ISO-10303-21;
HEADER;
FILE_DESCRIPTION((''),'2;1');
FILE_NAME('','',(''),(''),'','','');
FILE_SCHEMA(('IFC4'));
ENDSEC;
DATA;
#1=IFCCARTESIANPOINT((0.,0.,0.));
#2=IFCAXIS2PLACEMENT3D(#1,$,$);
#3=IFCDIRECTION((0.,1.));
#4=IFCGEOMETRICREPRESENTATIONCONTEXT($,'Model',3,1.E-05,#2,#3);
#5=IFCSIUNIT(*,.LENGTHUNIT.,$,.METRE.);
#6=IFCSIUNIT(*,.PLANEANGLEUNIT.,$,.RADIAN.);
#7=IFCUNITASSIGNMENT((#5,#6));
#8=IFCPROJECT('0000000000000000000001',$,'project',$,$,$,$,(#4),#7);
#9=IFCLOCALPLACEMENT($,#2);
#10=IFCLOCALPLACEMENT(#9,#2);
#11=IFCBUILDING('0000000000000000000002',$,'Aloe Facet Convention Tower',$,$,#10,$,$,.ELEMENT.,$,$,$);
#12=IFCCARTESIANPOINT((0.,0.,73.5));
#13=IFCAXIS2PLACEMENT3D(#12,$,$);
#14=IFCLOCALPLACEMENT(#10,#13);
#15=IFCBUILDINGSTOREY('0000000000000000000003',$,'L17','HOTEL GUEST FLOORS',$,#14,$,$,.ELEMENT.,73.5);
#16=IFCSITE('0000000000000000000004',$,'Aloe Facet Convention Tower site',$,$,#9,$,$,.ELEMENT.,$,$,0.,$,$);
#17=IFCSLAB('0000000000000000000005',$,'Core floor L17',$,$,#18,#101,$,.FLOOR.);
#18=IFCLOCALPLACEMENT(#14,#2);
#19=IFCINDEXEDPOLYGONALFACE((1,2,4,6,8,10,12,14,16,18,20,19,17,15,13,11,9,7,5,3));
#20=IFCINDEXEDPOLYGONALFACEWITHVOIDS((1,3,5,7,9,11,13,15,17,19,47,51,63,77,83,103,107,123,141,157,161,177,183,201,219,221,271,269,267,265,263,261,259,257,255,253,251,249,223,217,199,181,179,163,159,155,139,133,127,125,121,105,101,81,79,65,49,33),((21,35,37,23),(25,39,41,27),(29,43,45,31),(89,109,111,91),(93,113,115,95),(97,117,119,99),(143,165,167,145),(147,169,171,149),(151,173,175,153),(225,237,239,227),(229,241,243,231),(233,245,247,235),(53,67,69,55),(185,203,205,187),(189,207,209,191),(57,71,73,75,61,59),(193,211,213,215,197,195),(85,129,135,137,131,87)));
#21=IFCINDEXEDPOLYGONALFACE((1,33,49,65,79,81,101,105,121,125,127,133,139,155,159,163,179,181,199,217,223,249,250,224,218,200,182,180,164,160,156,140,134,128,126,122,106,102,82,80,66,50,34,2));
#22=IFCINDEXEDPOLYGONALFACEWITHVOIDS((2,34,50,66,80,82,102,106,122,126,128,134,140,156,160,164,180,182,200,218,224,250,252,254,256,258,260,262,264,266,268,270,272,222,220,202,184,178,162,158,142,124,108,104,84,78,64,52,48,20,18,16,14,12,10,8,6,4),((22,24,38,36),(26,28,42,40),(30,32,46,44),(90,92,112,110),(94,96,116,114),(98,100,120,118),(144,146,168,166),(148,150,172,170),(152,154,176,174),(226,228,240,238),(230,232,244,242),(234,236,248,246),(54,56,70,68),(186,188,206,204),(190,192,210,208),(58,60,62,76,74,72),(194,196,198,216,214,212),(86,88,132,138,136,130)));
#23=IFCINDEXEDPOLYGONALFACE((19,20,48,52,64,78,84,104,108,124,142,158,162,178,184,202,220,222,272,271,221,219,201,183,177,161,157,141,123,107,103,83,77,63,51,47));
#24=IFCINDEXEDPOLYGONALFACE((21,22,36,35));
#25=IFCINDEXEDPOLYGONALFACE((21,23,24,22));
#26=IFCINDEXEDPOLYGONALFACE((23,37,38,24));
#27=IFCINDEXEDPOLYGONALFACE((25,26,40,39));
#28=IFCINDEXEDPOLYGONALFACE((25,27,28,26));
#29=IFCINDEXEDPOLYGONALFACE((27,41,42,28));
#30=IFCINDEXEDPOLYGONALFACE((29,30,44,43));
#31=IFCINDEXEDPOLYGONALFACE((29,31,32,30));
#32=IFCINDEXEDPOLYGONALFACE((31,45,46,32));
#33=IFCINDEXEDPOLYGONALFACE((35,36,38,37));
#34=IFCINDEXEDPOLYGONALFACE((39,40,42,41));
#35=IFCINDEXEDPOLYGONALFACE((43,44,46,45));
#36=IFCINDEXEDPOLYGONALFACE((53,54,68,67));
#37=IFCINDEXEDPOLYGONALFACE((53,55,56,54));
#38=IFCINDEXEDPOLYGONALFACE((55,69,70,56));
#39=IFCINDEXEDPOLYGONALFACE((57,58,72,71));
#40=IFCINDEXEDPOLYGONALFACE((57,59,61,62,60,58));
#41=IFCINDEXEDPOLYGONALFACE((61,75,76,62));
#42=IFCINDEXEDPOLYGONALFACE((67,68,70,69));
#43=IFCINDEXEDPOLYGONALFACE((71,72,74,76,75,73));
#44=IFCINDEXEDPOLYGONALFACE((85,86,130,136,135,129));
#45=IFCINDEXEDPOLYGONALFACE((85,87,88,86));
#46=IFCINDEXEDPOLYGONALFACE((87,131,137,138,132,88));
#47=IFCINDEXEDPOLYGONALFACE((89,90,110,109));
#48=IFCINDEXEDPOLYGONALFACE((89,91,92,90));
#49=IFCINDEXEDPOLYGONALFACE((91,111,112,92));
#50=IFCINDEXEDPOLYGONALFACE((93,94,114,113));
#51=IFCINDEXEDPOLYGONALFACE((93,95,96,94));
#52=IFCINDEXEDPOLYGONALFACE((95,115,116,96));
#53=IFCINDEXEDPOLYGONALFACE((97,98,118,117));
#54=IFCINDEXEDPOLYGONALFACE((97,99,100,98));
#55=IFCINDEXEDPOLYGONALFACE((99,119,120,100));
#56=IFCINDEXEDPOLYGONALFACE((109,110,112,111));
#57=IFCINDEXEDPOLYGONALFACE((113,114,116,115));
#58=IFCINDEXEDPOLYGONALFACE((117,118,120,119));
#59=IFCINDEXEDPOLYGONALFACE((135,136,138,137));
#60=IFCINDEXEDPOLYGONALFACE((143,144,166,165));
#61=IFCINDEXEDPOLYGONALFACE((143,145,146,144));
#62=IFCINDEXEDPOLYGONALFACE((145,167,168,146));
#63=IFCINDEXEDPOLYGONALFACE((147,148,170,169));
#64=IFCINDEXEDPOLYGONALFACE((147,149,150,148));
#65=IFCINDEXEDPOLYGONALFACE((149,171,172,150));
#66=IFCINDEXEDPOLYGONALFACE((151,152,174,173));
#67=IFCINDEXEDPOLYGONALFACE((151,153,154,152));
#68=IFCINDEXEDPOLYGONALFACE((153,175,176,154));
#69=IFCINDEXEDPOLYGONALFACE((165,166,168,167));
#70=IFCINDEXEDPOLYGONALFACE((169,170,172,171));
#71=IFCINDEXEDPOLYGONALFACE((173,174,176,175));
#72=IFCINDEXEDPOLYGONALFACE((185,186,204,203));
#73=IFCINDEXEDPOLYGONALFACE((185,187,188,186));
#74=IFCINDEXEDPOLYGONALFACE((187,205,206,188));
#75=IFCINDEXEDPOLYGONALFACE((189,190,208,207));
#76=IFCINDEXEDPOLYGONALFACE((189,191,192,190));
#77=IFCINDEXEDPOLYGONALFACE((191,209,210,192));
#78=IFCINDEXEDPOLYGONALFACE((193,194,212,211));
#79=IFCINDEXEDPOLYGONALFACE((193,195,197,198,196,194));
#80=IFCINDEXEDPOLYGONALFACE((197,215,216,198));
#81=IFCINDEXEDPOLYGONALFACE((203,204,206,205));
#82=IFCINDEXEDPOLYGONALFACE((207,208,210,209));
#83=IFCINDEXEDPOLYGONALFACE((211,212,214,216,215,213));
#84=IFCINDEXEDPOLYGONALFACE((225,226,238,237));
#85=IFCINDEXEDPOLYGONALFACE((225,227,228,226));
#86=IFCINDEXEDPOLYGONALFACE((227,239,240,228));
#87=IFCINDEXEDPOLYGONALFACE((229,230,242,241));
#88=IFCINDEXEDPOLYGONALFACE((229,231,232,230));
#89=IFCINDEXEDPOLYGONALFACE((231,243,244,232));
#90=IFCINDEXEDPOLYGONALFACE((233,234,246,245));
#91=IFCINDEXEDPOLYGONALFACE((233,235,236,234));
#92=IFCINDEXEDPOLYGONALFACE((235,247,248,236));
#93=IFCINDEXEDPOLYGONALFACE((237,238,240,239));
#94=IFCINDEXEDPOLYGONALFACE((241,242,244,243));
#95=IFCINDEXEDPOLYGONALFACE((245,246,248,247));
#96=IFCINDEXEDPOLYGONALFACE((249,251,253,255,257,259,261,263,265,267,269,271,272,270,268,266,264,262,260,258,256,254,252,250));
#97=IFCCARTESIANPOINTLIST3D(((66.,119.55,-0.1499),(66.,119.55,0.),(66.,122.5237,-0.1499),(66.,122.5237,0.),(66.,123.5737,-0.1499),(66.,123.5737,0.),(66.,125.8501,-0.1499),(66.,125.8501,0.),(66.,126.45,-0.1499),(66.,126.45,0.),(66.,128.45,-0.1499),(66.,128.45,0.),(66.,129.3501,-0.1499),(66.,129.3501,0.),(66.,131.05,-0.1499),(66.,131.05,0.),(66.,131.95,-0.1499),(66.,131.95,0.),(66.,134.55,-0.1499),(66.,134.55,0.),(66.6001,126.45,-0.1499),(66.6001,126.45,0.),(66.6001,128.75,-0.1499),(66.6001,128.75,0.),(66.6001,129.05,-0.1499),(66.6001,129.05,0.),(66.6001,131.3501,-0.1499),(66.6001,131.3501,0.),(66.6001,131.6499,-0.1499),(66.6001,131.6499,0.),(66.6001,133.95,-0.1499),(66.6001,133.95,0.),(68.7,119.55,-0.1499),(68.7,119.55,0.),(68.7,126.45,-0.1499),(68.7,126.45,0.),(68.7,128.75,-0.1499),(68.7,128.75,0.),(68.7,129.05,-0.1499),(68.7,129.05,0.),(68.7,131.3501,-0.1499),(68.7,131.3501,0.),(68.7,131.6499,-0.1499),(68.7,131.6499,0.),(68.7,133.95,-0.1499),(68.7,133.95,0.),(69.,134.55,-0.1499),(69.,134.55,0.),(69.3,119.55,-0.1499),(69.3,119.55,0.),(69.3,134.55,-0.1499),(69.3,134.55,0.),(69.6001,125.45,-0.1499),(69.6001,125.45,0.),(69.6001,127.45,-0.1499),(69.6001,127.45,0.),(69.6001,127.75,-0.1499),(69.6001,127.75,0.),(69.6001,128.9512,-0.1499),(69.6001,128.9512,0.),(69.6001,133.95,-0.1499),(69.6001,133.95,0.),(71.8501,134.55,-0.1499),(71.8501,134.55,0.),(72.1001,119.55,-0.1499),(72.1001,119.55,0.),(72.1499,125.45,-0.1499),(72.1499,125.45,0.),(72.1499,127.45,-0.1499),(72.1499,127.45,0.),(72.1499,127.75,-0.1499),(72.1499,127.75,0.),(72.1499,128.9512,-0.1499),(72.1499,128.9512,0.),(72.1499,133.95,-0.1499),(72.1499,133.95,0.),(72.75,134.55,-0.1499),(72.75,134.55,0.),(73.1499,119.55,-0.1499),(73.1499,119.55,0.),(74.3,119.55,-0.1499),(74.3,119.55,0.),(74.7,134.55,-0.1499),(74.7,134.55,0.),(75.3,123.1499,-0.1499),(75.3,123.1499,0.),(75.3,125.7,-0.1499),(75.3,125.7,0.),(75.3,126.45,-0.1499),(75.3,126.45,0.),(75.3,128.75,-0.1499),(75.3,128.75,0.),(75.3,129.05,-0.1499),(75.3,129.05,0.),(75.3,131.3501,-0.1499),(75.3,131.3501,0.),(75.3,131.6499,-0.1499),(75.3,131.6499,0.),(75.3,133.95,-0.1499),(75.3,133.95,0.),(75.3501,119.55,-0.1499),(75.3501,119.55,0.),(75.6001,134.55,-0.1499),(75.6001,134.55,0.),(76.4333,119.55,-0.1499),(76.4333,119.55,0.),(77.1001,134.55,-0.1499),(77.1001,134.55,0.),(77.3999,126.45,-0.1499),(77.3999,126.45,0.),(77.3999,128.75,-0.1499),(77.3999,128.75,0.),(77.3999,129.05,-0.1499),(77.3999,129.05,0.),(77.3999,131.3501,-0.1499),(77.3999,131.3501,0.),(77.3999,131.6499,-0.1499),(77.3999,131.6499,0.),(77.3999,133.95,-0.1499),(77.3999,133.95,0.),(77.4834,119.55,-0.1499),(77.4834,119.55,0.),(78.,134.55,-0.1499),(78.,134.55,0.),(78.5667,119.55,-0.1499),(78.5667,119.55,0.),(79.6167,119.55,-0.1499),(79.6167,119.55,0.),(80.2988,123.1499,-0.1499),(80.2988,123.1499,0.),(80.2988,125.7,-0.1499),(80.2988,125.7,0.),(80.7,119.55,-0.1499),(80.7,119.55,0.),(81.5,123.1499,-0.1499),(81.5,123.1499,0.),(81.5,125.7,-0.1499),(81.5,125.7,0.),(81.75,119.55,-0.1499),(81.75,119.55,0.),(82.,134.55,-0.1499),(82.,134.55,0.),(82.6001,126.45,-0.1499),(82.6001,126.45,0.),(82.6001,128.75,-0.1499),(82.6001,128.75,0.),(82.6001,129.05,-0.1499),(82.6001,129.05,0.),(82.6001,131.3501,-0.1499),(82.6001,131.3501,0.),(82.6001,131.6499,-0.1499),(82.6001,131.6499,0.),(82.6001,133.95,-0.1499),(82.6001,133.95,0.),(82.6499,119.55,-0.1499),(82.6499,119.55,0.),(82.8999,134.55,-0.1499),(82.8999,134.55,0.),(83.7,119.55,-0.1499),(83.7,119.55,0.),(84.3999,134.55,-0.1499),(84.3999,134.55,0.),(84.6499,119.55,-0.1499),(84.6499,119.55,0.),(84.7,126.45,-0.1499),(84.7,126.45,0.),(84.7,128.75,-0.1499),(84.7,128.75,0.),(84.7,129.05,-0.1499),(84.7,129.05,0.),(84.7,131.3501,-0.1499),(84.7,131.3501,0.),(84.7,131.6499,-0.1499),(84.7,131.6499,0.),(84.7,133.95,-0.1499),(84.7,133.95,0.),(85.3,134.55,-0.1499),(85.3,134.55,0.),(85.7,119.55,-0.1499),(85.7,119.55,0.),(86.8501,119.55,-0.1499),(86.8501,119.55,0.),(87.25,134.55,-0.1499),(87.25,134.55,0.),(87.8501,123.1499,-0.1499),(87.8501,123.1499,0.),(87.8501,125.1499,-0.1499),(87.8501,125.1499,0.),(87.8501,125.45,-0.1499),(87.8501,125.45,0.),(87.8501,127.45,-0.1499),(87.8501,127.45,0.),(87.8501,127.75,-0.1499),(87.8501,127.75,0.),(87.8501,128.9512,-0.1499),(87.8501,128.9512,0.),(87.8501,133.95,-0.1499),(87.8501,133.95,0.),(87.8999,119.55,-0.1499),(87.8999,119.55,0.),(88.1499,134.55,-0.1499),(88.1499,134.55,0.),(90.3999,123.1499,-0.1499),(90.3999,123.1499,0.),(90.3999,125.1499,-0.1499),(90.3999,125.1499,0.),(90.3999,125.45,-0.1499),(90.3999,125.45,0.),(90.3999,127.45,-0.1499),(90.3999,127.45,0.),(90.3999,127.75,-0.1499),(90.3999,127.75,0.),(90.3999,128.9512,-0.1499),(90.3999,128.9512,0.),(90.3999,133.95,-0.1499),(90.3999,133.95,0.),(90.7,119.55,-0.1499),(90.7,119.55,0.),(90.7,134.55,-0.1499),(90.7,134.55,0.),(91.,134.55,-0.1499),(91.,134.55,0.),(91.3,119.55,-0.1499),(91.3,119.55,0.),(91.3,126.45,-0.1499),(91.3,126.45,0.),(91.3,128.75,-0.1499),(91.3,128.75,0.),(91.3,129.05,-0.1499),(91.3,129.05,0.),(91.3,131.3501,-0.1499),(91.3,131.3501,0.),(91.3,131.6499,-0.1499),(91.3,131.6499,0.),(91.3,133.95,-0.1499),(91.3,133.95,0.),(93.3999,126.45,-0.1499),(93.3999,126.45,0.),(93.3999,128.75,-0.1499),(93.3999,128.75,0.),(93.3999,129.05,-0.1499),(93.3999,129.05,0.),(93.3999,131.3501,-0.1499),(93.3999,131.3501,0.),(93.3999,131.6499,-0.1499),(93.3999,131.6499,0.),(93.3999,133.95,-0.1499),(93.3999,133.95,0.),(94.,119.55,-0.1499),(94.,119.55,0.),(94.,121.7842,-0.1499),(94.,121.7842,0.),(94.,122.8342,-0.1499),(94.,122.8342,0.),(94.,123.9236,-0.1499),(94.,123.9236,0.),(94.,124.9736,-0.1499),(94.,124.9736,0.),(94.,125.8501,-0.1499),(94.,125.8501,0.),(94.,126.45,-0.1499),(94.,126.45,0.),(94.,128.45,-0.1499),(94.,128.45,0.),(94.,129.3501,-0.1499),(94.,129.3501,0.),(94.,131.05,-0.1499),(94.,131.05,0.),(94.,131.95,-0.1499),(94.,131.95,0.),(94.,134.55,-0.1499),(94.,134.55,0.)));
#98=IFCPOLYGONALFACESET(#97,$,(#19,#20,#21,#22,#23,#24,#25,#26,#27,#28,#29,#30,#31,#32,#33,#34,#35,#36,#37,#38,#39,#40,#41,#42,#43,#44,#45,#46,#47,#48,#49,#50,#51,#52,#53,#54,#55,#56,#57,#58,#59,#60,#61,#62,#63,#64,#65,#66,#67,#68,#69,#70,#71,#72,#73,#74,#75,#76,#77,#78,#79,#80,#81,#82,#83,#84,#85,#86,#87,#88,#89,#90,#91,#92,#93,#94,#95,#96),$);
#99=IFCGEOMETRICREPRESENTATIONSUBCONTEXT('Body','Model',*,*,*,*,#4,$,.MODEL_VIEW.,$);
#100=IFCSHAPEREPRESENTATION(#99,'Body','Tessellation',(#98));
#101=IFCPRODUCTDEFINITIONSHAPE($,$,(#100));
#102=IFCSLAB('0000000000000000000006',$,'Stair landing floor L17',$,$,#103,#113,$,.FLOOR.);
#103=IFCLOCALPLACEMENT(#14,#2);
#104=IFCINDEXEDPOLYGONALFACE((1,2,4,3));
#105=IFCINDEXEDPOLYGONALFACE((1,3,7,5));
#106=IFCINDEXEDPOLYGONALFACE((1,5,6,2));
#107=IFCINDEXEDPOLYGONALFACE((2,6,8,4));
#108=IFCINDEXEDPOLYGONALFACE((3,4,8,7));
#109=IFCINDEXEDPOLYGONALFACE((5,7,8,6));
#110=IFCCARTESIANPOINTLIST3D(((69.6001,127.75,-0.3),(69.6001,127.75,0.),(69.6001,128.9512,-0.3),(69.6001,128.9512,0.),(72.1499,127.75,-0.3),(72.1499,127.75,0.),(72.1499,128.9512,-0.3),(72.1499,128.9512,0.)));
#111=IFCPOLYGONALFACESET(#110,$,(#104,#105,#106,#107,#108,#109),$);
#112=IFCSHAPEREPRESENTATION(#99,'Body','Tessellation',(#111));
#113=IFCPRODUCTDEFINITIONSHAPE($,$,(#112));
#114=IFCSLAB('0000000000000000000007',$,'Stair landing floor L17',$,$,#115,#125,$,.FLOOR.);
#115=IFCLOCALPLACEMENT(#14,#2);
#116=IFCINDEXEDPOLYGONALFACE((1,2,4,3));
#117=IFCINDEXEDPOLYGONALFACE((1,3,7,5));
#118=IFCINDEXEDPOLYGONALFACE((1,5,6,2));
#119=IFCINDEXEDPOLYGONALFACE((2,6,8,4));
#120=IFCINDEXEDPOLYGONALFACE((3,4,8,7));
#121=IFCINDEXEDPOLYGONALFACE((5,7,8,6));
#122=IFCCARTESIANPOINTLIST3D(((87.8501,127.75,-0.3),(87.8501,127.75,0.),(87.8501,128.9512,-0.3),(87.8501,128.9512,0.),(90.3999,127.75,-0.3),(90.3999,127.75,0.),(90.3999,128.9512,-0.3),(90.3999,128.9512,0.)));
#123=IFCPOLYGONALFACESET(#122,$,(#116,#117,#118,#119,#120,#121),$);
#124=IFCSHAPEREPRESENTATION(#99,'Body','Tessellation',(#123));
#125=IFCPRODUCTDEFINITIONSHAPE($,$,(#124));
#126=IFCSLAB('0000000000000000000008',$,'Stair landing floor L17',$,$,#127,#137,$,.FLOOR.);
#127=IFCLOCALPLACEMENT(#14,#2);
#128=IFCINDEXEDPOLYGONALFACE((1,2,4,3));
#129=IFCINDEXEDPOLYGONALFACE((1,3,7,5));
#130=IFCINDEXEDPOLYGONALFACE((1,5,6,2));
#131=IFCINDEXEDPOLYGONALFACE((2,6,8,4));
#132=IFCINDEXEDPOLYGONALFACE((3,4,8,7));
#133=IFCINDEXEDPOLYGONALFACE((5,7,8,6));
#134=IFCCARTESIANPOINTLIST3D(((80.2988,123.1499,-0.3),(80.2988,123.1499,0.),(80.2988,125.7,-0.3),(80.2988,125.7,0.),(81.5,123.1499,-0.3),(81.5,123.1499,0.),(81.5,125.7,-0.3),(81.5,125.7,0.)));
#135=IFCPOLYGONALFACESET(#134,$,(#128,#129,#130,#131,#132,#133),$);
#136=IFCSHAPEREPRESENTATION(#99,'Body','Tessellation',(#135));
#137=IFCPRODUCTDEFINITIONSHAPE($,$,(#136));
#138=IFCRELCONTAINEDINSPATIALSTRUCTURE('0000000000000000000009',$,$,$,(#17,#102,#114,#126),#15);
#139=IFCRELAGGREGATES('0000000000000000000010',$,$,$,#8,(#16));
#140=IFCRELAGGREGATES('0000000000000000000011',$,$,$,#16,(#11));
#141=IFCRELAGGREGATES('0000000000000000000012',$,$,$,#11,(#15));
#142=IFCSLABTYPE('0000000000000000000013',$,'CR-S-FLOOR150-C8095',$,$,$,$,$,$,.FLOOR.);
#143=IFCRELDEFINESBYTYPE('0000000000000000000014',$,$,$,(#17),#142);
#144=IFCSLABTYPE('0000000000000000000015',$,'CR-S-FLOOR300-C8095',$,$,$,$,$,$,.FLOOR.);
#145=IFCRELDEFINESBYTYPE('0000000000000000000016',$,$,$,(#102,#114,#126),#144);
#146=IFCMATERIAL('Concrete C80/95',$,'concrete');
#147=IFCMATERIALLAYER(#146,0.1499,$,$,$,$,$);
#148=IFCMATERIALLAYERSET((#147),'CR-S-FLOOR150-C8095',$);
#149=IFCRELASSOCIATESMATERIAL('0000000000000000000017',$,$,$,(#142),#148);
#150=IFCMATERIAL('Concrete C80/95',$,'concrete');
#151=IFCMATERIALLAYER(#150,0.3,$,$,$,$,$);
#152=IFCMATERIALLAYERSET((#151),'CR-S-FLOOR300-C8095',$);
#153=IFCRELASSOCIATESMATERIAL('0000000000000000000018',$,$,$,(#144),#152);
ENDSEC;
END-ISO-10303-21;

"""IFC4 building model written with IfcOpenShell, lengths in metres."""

from ifc_helpers import new_model, si_unit, direction, frame, origin, place, context, subcontext, project, spatial, polyline, outline, extrude, material, layer, layer_set, type_object, element, save


model = new_model("IFC4")

# Units and contexts
model_context = context("Model", 3, precision=1e-05, world=origin(), true_north=direction((0.0, 1.0)))
body_context = subcontext(model_context, "Body", "Model", "MODEL_VIEW")
ifc_project = project(units=[si_unit("LENGTHUNIT", "METRE"), si_unit("PLANEANGLEUNIT", "RADIAN")], contexts=[model_context])

# Site, building, storey
site_placement = place(None, origin())
site = spatial("IfcSite", under=ifc_project, at=site_placement, Name="Aloe Facet Convention Tower site", CompositionType="ELEMENT", RefElevation=0.0)
building_placement = place(site_placement, origin())
building = spatial("IfcBuilding", under=site, at=building_placement, Name="Aloe Facet Convention Tower", CompositionType="ELEMENT")
storey_placement = place(building_placement, frame((0.0, 0.0, 73.5)))
storey = spatial("IfcBuildingStorey", under=building, at=storey_placement, Name="L17", Description="HOTEL GUEST FLOORS", CompositionType="ELEMENT", Elevation=73.5)

# Slabs
ifc_material_1 = material(Name="Concrete C80/95", Category="concrete")
ifc_layer_1 = layer(ifc_material_1, 0.1499)
ifc_layer_set_1 = layer_set([ifc_layer_1], Name="CR-S-FLOOR150-C8095")
slab_type_1 = type_object("IfcSlabType", Name="CR-S-FLOOR150-C8095", PredefinedType="FLOOR", material=ifc_layer_set_1)
slab_1_placement = place(storey_placement, frame((0.0, 0.0, -0.1499)))
element("IfcSlab", 1, at=slab_1_placement, inside=storey, type_object=slab_type_1, Name="Core floor L17", PredefinedType="FLOOR", context=body_context, shape_type="SweptSolid", body=[
    extrude(outline(polyline([(69.3, 134.55), (71.8501, 134.55), (72.75, 134.55), (74.7, 134.55), (75.6001, 134.55), (77.1001, 134.55), (78.0, 134.55), (82.0, 134.55), (82.8999, 134.55), (84.3999, 134.55), (85.3, 134.55), (87.25, 134.55), (88.1499, 134.55), (90.7, 134.55), (91.0, 134.55), (94.0, 134.55), (94.0, 131.95), (94.0, 131.05), (94.0, 129.3501), (94.0, 128.45), (94.0, 126.45), (94.0, 125.8501), (94.0, 124.9736), (94.0, 123.9236), (94.0, 122.8342), (94.0, 121.7842), (94.0, 119.55), (91.3, 119.55), (90.7, 119.55), (87.8999, 119.55), (86.8501, 119.55), (85.7, 119.55), (84.6499, 119.55), (83.7, 119.55), (82.6499, 119.55), (81.75, 119.55), (80.7, 119.55), (79.6167, 119.55), (78.5667, 119.55), (77.4834, 119.55), (76.4333, 119.55), (75.3501, 119.55), (74.3, 119.55), (73.1499, 119.55), (72.1001, 119.55), (69.3, 119.55), (68.7, 119.55), (66.0, 119.55), (66.0, 122.5237), (66.0, 123.5737), (66.0, 125.8501), (66.0, 126.45), (66.0, 128.45), (66.0, 129.3501), (66.0, 131.05), (66.0, 131.95), (66.0, 134.55), (69.0, 134.55), (69.3, 134.55)]), holes=[polyline([(75.3, 123.1499), (80.2988, 123.1499), (81.5, 123.1499), (81.5, 125.7), (80.2988, 125.7), (75.3, 125.7), (75.3, 123.1499)]), polyline([(69.6001, 125.45), (72.1499, 125.45), (72.1499, 127.45), (69.6001, 127.45), (69.6001, 125.45)]), polyline([(66.6001, 126.45), (68.7, 126.45), (68.7, 128.75), (66.6001, 128.75), (66.6001, 126.45)]), polyline([(75.3, 126.45), (77.3999, 126.45), (77.3999, 128.75), (75.3, 128.75), (75.3, 126.45)]), polyline([(66.6001, 129.05), (68.7, 129.05), (68.7, 131.3501), (66.6001, 131.3501), (66.6001, 129.05)]), polyline([(75.3, 129.05), (77.3999, 129.05), (77.3999, 131.3501), (75.3, 131.3501), (75.3, 129.05)]), polyline([(69.6001, 133.95), (69.6001, 128.9512), (69.6001, 127.75), (72.1499, 127.75), (72.1499, 128.9512), (72.1499, 133.95), (69.6001, 133.95)]), polyline([(66.6001, 133.95), (66.6001, 131.6499), (68.7, 131.6499), (68.7, 133.95), (66.6001, 133.95)]), polyline([(75.3, 133.95), (75.3, 131.6499), (77.3999, 131.6499), (77.3999, 133.95), (75.3, 133.95)]), polyline([(87.8501, 123.1499), (90.3999, 123.1499), (90.3999, 125.1499), (87.8501, 125.1499), (87.8501, 123.1499)]), polyline([(87.8501, 125.45), (90.3999, 125.45), (90.3999, 127.45), (87.8501, 127.45), (87.8501, 125.45)]), polyline([(82.6001, 126.45), (84.7, 126.45), (84.7, 128.75), (82.6001, 128.75), (82.6001, 126.45)]), polyline([(91.3, 126.45), (93.3999, 126.45), (93.3999, 128.75), (91.3, 128.75), (91.3, 126.45)]), polyline([(82.6001, 129.05), (84.7, 129.05), (84.7, 131.3501), (82.6001, 131.3501), (82.6001, 129.05)]), polyline([(91.3, 129.05), (93.3999, 129.05), (93.3999, 131.3501), (91.3, 131.3501), (91.3, 129.05)]), polyline([(87.8501, 133.95), (87.8501, 128.9512), (87.8501, 127.75), (90.3999, 127.75), (90.3999, 128.9512), (90.3999, 133.95), (87.8501, 133.95)]), polyline([(82.6001, 133.95), (82.6001, 131.6499), (84.7, 131.6499), (84.7, 133.95), (82.6001, 133.95)]), polyline([(91.3, 133.95), (91.3, 131.6499), (93.3999, 131.6499), (93.3999, 133.95), (91.3, 133.95)])]), origin(), (0.0, 0.0, 1.0), 0.1499),
])
ifc_material_2 = material(Name="Concrete C80/95", Category="concrete")
ifc_layer_2 = layer(ifc_material_2, 0.3)
ifc_layer_set_2 = layer_set([ifc_layer_2], Name="CR-S-FLOOR300-C8095")
slab_type_2 = type_object("IfcSlabType", Name="CR-S-FLOOR300-C8095", PredefinedType="FLOOR", material=ifc_layer_set_2)
slab_2_placement = place(storey_placement, frame((0.0, 0.0, -0.3)))
element("IfcSlab", 2, at=slab_2_placement, inside=storey, type_object=slab_type_2, Name="Stair landing floor L17", PredefinedType="FLOOR", context=body_context, shape_type="SweptSolid", body=[
    extrude(outline(polyline([(72.1499, 127.75), (72.1499, 128.9512), (69.6001, 128.9512), (69.6001, 127.75), (72.1499, 127.75)])), origin(), (0.0, 0.0, 1.0), 0.3),
])
slab_3_placement = place(storey_placement, frame((0.0, 0.0, -0.3)))
element("IfcSlab", 3, at=slab_3_placement, inside=storey, type_object=slab_type_2, Name="Stair landing floor L17", PredefinedType="FLOOR", context=body_context, shape_type="SweptSolid", body=[
    extrude(outline(polyline([(90.3999, 127.75), (90.3999, 128.9512), (87.8501, 128.9512), (87.8501, 127.75), (90.3999, 127.75)])), origin(), (0.0, 0.0, 1.0), 0.3),
])
slab_4_placement = place(storey_placement, frame((0.0, 0.0, -0.3)))
element("IfcSlab", 4, at=slab_4_placement, inside=storey, type_object=slab_type_2, Name="Stair landing floor L17", PredefinedType="FLOOR", context=body_context, shape_type="SweptSolid", body=[
    extrude(outline(polyline([(81.5, 125.7), (80.2988, 125.7), (80.2988, 123.1499), (81.5, 123.1499), (81.5, 125.7)])), origin(), (0.0, 0.0, 1.0), 0.3),
])

save(model, "model.ifc")
